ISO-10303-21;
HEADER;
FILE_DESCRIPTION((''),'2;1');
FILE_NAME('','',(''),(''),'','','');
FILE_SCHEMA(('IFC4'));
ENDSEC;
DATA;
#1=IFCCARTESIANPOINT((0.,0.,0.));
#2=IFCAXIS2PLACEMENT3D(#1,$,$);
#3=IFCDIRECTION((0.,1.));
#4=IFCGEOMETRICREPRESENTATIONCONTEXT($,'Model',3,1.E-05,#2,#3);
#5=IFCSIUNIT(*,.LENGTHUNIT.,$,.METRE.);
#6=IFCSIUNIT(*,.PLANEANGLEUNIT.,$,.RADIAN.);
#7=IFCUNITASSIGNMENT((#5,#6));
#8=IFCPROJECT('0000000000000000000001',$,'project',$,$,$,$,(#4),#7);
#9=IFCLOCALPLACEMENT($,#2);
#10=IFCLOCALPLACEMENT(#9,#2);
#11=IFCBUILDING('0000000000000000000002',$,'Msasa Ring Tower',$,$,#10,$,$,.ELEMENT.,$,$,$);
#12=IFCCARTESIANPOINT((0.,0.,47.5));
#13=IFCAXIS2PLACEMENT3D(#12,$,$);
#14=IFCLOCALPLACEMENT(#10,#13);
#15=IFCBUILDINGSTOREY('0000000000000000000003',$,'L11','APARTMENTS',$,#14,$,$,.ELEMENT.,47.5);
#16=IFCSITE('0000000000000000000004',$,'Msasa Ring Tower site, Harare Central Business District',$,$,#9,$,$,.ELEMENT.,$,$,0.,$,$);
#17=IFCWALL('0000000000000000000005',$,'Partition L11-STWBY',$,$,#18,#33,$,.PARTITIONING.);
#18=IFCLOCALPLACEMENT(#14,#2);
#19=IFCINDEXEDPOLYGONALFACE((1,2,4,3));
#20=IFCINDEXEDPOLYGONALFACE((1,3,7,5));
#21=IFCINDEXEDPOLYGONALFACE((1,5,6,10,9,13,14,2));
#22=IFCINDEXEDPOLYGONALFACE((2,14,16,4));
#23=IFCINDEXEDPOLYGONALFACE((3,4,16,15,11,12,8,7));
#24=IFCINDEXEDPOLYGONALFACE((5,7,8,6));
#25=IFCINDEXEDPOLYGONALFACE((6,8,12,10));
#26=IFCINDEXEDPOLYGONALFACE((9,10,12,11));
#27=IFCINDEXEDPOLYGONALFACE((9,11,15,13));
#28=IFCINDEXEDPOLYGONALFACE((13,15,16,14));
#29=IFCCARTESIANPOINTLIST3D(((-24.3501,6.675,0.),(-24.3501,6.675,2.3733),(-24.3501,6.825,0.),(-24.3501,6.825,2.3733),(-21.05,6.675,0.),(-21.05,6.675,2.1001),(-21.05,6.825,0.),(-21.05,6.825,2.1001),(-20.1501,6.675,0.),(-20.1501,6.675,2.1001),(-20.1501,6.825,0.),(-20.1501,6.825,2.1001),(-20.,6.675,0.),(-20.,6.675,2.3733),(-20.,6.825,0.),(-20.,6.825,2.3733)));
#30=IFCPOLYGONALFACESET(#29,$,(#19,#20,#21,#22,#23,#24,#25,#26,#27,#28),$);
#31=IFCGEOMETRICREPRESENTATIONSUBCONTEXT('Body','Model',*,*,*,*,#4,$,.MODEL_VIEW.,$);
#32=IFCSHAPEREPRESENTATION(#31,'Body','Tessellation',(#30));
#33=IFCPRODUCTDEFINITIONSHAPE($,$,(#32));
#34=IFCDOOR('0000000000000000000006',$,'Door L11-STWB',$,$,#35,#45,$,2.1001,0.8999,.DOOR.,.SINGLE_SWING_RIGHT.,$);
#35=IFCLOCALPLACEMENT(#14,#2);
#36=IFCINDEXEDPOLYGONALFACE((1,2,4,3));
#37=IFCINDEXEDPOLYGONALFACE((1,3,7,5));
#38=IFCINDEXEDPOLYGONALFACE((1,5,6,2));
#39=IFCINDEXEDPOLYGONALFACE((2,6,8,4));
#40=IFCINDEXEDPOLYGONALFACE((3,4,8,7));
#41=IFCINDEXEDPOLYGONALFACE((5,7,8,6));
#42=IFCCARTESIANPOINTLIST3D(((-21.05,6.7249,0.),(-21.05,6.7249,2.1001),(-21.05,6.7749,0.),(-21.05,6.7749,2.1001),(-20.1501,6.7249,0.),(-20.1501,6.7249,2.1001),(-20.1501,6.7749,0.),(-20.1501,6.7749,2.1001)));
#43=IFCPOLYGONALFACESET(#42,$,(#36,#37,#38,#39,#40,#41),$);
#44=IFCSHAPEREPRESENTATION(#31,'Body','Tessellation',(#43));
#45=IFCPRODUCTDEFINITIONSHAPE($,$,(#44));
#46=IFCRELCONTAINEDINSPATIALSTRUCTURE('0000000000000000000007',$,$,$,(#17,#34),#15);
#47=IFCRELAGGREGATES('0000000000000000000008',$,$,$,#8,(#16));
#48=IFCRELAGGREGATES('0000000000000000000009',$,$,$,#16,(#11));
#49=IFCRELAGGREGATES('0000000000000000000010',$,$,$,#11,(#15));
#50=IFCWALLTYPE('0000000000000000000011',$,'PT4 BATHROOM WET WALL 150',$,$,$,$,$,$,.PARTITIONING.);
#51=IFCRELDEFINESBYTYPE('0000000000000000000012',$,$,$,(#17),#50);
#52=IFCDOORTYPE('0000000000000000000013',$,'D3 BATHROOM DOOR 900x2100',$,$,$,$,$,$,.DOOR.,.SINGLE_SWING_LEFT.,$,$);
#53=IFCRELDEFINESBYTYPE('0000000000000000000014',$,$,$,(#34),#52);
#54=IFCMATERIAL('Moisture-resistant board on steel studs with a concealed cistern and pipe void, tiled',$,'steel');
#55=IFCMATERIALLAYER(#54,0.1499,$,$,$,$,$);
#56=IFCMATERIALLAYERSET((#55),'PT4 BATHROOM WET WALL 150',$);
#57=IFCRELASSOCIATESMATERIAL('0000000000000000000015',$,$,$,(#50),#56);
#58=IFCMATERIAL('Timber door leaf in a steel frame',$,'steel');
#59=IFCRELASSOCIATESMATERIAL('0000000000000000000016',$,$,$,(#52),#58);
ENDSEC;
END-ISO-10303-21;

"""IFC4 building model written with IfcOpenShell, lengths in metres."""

from ifc_helpers import new_model, si_unit, direction, frame, frame_2d, origin, place, context, subcontext, project, spatial, rectangle, extrude, material, layer, layer_set, type_object, element, fill, save


model = new_model("IFC4")

# Units and contexts
model_context = context("Model", 3, precision=1e-05, world=origin(), true_north=direction((0.0, 1.0)))
body_context = subcontext(model_context, "Body", "Model", "MODEL_VIEW")
ifc_project = project(units=[si_unit("LENGTHUNIT", "METRE"), si_unit("PLANEANGLEUNIT", "RADIAN")], contexts=[model_context])

# Site, building, storey
site_placement = place(None, origin())
site = spatial("IfcSite", under=ifc_project, at=site_placement, Name="Msasa Ring Tower site, Harare Central Business District", CompositionType="ELEMENT", RefElevation=0.0)
building_placement = place(site_placement, origin())
building = spatial("IfcBuilding", under=site, at=building_placement, Name="Msasa Ring Tower", CompositionType="ELEMENT")
storey_placement = place(building_placement, frame((0.0, 0.0, 47.5)))
storey = spatial("IfcBuildingStorey", under=building, at=storey_placement, Name="L11", Description="APARTMENTS", CompositionType="ELEMENT", Elevation=47.5)

# Wall, opening, door
ifc_material_1 = material(Name="Moisture-resistant board on steel studs with a concealed cistern and pipe void, tiled", Category="steel")
ifc_layer_1 = layer(ifc_material_1, 0.1499)
ifc_layer_set_1 = layer_set([ifc_layer_1], Name="PT4 BATHROOM WET WALL 150")
wall_type_1 = type_object("IfcWallType", Name="PT4 BATHROOM WET WALL 150", PredefinedType="PARTITIONING", material=ifc_layer_set_1)
wall_1_placement = place(storey_placement, frame((-24.3501, 6.75, 0.0), z_axis=(0.0, 0.0, 1.0), x_axis=(1.0, 0.0, 0.0)))
wall_1 = element("IfcWall", 1, at=wall_1_placement, inside=storey, type_object=wall_type_1, Name="Partition L11-STWBY", PredefinedType="PARTITIONING", context=body_context, shape_type="SweptSolid", body=[
    extrude(rectangle(XDim=4.3501, YDim=0.1499, at=frame_2d((2.175, 0.0))), origin(), (0.0, 0.0, 1.0), 2.3733),
])
opening_1_placement = place(wall_1_placement, frame((3.3, 0.0, 0.0)))
opening_1 = element("IfcOpeningElement", 2, at=opening_1_placement, cuts=wall_1, PredefinedType="OPENING", context=body_context, shape_type="SweptSolid", body=[
    extrude(rectangle(XDim=0.8999, YDim=2.1001, at=frame_2d((0.45, 1.05))), frame((0.0, 0.085, 0.0), z_axis=(0.0, -1.0, 0.0), x_axis=(1.0, 0.0, 0.0)), (0.0, 0.0, 1.0), 0.1699),
])
ifc_material_2 = material(Name="Timber door leaf in a steel frame", Category="steel")
door_type_1 = type_object("IfcDoorType", Name="D3 BATHROOM DOOR 900x2100", OperationType="SINGLE_SWING_LEFT", PredefinedType="DOOR", material=ifc_material_2)
door_1_placement = place(opening_1_placement, origin())
door_1 = element("IfcDoor", 3, at=door_1_placement, inside=storey, type_object=door_type_1, Name="Door L11-STWB", OperationType="SINGLE_SWING_RIGHT", OverallHeight=2.1001, OverallWidth=0.8999, PredefinedType="DOOR", context=body_context, shape_type="SweptSolid", body=[
    extrude(rectangle(XDim=0.8999, YDim=2.1001, at=frame_2d((0.45, 1.05))), frame((0.0, 0.0249, 0.0), z_axis=(0.0, -1.0, 0.0), x_axis=(1.0, 0.0, 0.0)), (0.0, 0.0, 1.0), 0.05),
])
fill(opening_1, door_1)

save(model, "model.ifc")
